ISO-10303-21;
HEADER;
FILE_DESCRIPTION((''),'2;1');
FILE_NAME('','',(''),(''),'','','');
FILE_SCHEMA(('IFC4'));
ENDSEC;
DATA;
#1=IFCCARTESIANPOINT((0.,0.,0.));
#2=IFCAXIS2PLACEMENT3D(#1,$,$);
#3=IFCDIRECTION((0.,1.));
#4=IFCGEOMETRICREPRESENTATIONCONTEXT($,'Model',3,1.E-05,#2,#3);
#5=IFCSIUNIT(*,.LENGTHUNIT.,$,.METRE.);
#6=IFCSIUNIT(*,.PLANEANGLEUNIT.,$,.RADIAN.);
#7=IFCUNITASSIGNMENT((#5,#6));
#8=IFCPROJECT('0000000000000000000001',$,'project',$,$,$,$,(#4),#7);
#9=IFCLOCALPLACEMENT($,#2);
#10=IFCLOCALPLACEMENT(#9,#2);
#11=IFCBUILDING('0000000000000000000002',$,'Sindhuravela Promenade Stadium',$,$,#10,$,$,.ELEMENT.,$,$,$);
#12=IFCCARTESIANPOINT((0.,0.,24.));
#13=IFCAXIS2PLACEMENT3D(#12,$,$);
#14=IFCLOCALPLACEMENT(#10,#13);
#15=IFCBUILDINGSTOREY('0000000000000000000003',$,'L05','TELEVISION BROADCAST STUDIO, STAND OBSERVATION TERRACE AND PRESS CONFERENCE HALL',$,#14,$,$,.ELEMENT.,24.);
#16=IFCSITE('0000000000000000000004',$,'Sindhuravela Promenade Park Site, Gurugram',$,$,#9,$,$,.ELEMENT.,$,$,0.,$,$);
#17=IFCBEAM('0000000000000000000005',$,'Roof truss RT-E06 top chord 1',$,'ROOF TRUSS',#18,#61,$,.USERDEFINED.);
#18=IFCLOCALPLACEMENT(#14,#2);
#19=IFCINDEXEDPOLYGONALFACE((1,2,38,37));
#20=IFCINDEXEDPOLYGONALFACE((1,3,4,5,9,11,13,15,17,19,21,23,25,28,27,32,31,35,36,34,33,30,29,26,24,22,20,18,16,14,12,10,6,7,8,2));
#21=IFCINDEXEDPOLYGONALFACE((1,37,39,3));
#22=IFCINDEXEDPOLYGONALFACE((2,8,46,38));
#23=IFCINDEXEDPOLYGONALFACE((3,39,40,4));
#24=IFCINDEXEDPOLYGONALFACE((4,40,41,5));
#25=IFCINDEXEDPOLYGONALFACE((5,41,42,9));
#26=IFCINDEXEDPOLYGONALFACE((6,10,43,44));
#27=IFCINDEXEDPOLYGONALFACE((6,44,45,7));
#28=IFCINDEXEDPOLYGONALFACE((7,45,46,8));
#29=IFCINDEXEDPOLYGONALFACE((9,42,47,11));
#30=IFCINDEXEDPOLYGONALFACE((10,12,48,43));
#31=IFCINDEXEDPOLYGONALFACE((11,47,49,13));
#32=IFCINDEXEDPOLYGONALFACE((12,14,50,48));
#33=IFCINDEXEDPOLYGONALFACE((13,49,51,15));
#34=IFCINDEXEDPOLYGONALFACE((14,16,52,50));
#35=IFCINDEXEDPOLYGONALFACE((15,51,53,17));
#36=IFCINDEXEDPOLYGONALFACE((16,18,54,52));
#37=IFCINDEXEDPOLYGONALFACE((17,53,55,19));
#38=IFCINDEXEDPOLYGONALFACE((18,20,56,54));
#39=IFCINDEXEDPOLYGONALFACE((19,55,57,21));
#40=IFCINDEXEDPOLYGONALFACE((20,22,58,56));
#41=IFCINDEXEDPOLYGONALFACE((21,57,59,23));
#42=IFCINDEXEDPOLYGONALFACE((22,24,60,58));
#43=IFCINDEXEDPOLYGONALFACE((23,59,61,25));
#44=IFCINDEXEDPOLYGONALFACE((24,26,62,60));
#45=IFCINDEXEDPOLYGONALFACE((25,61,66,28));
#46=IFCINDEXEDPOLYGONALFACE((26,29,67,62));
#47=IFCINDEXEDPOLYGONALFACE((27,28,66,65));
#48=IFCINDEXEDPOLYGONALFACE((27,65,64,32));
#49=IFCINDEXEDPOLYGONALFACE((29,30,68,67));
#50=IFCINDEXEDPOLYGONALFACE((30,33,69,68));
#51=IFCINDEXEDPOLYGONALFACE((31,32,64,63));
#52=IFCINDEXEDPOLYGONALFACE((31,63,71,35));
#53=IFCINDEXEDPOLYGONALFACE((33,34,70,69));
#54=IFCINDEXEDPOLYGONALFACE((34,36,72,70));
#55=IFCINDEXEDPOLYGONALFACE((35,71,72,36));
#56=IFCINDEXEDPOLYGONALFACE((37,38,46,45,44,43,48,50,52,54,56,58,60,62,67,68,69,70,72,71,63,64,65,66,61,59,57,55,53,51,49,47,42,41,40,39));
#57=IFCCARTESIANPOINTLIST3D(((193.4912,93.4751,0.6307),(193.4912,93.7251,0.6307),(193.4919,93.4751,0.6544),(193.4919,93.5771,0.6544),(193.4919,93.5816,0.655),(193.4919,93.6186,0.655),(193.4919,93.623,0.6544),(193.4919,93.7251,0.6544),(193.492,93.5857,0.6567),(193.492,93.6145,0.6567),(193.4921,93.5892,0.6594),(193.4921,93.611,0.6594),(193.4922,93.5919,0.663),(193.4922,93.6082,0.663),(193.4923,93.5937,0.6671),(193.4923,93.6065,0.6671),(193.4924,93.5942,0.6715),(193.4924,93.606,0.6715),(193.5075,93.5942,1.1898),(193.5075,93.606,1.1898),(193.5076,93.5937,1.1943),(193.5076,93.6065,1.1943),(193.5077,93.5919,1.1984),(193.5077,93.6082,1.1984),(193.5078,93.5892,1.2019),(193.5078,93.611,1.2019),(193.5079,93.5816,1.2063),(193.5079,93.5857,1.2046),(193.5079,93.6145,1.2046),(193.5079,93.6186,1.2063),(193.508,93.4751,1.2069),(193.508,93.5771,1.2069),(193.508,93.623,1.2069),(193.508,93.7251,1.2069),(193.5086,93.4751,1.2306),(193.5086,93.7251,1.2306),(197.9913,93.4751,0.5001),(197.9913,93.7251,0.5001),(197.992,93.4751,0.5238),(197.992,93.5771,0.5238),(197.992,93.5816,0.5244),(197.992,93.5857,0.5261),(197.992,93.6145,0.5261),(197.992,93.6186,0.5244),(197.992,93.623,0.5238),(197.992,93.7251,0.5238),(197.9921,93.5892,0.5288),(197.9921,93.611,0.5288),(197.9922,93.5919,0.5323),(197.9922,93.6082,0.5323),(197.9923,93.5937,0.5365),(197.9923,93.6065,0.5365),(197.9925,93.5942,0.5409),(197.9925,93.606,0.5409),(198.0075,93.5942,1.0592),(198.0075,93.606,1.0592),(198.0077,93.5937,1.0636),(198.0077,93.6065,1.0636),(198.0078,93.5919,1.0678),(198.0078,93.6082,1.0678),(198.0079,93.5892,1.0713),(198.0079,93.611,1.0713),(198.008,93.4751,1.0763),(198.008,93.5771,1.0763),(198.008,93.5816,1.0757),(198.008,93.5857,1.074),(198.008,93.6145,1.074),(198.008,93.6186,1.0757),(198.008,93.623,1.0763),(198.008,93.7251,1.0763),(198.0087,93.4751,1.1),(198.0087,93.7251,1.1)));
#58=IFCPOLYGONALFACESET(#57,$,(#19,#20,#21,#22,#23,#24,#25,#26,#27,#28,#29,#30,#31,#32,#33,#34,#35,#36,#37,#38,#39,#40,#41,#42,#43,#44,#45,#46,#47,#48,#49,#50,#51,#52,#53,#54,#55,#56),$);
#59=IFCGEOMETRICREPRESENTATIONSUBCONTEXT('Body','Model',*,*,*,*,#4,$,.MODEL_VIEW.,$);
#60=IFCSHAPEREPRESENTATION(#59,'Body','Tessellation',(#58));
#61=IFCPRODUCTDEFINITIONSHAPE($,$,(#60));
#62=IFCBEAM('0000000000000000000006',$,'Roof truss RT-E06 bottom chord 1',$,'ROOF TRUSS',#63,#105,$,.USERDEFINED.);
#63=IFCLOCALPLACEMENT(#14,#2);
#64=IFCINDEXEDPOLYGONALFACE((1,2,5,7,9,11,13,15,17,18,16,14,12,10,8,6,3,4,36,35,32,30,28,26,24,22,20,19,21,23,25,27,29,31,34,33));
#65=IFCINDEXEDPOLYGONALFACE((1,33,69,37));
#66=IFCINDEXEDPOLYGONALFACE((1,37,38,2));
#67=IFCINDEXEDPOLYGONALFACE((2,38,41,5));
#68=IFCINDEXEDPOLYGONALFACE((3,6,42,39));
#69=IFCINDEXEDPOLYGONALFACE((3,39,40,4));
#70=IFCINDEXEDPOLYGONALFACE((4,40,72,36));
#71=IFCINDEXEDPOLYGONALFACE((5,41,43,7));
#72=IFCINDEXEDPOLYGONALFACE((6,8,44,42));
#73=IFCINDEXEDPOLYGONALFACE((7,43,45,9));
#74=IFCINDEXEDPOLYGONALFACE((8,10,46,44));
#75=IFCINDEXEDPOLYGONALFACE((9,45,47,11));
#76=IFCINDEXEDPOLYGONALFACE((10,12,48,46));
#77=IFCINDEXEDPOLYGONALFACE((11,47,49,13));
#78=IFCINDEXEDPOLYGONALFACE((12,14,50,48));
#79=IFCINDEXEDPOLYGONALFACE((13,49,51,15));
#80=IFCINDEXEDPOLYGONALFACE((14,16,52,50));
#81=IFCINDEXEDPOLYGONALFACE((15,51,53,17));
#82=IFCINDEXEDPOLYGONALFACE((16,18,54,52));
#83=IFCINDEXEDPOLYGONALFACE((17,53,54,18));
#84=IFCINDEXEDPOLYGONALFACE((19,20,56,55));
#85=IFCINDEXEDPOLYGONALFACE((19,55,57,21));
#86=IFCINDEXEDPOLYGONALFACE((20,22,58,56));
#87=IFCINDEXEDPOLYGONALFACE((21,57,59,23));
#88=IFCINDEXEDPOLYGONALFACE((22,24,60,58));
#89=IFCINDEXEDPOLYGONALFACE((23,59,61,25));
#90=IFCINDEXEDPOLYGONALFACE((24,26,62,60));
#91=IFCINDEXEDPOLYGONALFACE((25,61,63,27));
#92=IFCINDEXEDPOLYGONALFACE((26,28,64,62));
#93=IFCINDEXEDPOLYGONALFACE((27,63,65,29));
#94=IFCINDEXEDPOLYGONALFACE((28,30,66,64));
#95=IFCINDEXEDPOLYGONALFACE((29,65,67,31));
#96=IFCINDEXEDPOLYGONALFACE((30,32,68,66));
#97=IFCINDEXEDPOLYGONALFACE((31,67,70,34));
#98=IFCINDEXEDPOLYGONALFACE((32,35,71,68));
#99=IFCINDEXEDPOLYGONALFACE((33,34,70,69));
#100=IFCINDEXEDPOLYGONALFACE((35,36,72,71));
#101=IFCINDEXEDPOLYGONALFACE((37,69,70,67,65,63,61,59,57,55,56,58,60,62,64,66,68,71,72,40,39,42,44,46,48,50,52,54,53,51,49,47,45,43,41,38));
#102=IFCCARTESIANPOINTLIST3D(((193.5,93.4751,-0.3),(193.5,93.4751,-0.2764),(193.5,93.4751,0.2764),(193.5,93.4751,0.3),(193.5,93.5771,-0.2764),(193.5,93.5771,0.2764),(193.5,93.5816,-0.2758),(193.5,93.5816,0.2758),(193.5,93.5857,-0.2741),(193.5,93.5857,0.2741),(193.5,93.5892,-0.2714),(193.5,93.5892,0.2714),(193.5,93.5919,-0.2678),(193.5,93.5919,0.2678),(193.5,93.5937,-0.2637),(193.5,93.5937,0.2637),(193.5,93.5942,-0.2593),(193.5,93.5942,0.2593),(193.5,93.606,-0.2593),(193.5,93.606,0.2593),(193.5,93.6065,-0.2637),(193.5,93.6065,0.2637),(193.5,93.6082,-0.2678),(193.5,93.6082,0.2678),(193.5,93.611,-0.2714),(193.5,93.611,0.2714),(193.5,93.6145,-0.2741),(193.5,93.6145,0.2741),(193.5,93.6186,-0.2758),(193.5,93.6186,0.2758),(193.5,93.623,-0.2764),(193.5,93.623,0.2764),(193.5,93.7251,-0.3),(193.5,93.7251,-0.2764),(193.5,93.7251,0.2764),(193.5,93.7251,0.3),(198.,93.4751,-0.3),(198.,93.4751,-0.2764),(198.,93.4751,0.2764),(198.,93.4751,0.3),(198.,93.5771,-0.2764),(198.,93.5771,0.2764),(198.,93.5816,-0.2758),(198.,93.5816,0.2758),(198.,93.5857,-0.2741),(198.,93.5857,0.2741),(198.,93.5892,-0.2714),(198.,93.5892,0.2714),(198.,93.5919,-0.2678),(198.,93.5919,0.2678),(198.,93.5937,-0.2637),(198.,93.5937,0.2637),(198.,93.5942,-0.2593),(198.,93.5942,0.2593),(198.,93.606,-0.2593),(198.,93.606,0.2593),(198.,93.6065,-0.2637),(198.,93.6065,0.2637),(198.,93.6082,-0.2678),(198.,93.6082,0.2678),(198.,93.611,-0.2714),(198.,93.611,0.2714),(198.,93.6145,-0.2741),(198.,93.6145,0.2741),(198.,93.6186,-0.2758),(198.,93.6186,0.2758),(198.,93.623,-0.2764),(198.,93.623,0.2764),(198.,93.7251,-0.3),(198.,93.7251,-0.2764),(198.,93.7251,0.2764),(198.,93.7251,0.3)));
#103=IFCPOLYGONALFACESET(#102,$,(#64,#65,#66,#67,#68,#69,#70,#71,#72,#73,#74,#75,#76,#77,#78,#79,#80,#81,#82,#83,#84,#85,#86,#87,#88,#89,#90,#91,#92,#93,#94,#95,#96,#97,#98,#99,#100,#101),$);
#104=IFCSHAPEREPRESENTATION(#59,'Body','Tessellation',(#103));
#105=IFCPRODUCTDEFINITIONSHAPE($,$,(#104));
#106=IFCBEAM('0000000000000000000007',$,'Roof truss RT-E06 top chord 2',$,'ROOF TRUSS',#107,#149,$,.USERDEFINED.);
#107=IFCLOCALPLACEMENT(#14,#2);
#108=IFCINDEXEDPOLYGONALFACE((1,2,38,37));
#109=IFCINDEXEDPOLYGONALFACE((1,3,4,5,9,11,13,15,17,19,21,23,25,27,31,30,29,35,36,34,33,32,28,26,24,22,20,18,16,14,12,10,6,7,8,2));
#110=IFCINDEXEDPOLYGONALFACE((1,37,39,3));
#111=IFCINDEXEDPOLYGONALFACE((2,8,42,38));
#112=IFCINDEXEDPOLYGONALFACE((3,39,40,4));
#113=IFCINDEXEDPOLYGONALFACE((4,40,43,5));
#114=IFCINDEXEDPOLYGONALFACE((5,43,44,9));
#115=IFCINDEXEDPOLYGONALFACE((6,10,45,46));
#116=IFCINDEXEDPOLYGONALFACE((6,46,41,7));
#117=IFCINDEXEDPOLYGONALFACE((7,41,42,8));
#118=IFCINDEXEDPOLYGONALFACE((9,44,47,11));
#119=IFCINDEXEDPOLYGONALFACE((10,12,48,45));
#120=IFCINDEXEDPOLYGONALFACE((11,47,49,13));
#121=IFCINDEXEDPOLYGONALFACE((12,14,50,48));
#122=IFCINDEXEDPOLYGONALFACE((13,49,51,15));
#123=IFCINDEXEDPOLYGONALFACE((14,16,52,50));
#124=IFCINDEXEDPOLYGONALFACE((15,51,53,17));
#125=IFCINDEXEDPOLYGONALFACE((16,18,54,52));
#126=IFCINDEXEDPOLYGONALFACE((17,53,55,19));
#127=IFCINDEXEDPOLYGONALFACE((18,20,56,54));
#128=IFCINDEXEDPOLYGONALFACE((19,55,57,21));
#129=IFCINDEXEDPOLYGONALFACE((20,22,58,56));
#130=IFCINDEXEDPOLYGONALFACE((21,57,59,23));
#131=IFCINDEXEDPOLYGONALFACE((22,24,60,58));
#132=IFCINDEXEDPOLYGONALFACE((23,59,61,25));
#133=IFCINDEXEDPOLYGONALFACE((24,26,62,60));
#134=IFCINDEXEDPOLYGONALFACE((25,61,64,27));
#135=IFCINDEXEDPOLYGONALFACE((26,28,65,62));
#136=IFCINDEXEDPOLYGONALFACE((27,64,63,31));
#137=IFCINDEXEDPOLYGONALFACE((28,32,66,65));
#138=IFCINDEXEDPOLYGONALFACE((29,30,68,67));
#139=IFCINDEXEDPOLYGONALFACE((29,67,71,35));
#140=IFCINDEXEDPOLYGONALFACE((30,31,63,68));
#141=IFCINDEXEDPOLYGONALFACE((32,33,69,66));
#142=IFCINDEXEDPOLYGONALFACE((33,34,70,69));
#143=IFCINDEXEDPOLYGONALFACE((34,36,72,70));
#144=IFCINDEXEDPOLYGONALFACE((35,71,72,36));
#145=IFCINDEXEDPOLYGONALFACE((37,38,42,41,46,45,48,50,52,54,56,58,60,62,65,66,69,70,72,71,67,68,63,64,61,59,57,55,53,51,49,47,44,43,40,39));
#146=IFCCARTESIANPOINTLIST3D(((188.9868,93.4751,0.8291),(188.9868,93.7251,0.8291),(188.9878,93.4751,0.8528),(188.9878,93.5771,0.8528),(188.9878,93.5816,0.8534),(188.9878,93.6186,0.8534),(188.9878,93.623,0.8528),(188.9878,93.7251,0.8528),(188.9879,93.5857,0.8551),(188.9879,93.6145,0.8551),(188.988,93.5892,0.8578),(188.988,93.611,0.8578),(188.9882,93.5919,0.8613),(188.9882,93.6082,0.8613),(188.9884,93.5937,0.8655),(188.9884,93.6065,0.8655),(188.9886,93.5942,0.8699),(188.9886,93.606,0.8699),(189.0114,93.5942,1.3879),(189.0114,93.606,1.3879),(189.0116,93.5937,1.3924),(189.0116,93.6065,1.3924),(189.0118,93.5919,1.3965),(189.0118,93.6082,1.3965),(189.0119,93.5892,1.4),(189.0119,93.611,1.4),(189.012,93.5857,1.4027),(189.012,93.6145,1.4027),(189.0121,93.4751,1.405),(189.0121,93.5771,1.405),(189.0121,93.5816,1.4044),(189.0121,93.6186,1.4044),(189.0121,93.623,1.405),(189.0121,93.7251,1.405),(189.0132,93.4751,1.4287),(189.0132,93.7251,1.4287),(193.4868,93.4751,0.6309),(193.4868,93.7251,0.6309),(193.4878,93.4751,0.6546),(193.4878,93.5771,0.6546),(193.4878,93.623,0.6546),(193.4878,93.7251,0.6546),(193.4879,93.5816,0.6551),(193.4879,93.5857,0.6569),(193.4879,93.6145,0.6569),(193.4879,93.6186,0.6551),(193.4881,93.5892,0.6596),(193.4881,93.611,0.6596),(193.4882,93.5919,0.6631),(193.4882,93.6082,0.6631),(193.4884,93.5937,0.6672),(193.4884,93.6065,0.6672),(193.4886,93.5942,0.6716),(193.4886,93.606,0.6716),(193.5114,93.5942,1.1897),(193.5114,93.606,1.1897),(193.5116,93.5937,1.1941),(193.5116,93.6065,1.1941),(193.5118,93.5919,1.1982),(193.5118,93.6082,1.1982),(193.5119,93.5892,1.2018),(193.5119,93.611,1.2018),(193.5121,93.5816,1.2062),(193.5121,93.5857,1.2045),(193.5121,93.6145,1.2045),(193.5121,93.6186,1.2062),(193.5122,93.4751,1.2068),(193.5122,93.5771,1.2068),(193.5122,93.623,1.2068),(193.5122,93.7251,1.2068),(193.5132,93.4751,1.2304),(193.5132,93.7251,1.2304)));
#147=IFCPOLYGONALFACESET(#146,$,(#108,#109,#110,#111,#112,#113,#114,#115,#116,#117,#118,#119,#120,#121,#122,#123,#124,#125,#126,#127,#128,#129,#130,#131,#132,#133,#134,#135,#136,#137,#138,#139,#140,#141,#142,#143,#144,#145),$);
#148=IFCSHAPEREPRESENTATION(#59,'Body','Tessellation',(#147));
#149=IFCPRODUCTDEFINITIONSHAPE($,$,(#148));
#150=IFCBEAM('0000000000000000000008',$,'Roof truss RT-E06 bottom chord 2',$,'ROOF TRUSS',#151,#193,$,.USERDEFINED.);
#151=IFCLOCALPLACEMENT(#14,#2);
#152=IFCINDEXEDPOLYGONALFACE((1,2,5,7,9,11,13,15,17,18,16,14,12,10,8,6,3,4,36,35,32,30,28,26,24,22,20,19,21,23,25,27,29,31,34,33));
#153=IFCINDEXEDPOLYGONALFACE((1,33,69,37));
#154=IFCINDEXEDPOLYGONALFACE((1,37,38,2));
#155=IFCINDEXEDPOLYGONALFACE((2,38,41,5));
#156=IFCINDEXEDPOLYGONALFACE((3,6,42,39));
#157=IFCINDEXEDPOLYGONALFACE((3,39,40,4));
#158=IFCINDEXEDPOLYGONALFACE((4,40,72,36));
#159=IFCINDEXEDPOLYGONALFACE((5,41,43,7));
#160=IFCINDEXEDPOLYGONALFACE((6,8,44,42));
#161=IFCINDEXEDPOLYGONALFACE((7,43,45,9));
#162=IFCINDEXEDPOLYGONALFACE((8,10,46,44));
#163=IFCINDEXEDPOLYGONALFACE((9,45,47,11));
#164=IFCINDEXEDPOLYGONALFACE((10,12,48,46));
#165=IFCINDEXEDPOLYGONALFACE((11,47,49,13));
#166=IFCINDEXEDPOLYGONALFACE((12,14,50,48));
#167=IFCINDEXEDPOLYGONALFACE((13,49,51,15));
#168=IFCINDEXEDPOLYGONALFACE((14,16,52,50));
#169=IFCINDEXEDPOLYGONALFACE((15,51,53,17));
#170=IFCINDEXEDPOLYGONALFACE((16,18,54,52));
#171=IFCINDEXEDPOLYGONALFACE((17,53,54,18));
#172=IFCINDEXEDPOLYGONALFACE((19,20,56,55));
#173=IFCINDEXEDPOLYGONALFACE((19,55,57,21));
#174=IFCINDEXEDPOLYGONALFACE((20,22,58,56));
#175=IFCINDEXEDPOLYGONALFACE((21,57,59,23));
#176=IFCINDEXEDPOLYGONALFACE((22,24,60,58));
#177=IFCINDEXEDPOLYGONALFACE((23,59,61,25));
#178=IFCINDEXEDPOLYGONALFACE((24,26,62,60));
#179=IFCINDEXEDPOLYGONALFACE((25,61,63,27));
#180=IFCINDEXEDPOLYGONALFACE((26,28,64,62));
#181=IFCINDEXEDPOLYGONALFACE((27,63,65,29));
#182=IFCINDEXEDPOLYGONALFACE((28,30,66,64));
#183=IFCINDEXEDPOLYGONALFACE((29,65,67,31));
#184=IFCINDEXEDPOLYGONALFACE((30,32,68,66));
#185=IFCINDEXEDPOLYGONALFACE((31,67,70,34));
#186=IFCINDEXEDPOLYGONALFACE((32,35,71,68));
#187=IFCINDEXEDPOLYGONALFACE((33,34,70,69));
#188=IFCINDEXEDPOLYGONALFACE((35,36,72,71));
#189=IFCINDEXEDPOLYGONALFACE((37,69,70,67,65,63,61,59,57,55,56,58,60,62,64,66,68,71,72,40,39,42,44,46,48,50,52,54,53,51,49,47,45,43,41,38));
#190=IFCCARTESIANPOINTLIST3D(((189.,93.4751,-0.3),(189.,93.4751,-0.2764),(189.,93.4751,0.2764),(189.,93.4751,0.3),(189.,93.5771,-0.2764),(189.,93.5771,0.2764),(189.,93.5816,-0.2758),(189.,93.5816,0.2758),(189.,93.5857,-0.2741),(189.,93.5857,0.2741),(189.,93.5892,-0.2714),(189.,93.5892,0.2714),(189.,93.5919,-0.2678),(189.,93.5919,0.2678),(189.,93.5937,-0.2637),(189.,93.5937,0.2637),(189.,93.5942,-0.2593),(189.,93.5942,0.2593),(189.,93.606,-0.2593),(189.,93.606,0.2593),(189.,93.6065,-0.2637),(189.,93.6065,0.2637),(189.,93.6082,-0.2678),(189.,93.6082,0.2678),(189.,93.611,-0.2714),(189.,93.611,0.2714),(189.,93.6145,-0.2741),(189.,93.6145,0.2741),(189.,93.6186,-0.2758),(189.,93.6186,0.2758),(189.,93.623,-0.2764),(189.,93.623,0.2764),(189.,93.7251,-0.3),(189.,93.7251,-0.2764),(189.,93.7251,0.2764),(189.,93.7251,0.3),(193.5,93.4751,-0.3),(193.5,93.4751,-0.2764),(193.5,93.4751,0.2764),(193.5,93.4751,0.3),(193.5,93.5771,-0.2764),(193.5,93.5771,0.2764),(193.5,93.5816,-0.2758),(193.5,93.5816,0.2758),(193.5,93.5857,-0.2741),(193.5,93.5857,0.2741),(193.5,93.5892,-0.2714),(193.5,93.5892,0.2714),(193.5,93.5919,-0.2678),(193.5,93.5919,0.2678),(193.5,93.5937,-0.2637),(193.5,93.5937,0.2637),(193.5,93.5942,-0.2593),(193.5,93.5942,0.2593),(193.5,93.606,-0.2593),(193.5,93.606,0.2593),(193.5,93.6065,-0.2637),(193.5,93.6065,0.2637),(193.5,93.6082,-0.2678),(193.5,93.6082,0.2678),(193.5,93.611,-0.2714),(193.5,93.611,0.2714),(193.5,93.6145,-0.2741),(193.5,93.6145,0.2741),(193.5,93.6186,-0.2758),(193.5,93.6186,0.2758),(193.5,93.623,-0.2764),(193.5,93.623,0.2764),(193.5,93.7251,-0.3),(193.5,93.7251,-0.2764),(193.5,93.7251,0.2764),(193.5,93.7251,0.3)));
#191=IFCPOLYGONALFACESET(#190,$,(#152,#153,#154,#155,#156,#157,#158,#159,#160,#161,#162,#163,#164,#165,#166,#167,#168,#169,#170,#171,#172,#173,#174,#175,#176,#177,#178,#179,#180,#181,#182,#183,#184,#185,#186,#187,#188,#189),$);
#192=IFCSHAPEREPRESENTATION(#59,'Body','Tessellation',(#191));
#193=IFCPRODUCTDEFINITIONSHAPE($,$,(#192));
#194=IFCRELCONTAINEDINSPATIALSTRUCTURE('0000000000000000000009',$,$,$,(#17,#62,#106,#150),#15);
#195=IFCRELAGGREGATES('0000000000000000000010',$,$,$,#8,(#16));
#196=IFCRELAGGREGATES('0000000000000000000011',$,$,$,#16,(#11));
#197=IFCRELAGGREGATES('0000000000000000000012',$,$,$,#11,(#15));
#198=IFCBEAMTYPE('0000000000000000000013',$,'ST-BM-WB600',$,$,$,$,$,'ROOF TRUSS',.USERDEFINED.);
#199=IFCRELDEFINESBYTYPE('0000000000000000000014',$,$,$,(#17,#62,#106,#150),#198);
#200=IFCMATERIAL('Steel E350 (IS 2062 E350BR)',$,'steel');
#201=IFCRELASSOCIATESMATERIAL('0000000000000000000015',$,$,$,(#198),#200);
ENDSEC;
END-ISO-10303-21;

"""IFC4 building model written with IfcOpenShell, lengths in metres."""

from ifc_helpers import new_model, si_unit, direction, frame, origin, origin_2d, place, context, subcontext, project, spatial, i_section, extrude, material, material_profile, profile_set, type_object, element, save


model = new_model("IFC4")

# Units and contexts
model_context = context("Model", 3, precision=1e-05, world=origin(), true_north=direction((0.0, 1.0)))
body_context = subcontext(model_context, "Body", "Model", "MODEL_VIEW")
ifc_project = project(units=[si_unit("LENGTHUNIT", "METRE"), si_unit("PLANEANGLEUNIT", "RADIAN")], contexts=[model_context])

# Site, building, storey
site_placement = place(None, origin())
site = spatial("IfcSite", under=ifc_project, at=site_placement, Name="Sindhuravela Promenade Park Site, Gurugram", CompositionType="ELEMENT", RefElevation=0.0)
building_placement = place(site_placement, origin())
building = spatial("IfcBuilding", under=site, at=building_placement, Name="Sindhuravela Promenade Stadium", CompositionType="ELEMENT")
storey_placement = place(building_placement, frame((0.0, 0.0, 24.0)))
storey = spatial("IfcBuildingStorey", under=building, at=storey_placement, Name="L05", Description="TELEVISION BROADCAST STUDIO, STAND OBSERVATION TERRACE AND PRESS CONFERENCE HALL", CompositionType="ELEMENT", Elevation=24.0)

# Beams
ifc_material_1 = material(Name="Steel E350 (IS 2062 E350BR)", Category="steel")
ifc_material_profile_1 = material_profile(ifc_material_1, i_section(OverallWidth=0.25, OverallDepth=0.6001, WebThickness=0.0117, FlangeThickness=0.0237, FilletRadius=0.0171, at=origin_2d()), Name="ISWB 600")
ifc_profile_set_1 = profile_set([ifc_material_profile_1], Name="Steel E350 (IS 2062 E350BR)")
beam_type_1 = type_object("IfcBeamType", Name="ST-BM-WB600", ElementType="ROOF TRUSS", PredefinedType="USERDEFINED", material=ifc_profile_set_1)
beam_1_placement = place(storey_placement, frame((198.0, 93.6001, 0.8), z_axis=(-0.999579, 0.0, 0.029013), x_axis=(0.0, -1.0, 0.0)))
element("IfcBeam", 1, at=beam_1_placement, inside=storey, type_object=beam_type_1, Name="Roof truss RT-E06 top chord 1", ObjectType="ROOF TRUSS", PredefinedType="USERDEFINED", context=body_context, shape_type="SweptSolid", body=[
    extrude(i_section(OverallWidth=0.25, OverallDepth=0.6001, WebThickness=0.0117, FlangeThickness=0.0237, FilletRadius=0.0171, at=origin_2d()), origin(), (0.0, 0.0, 1.0), 4.502),
])
beam_2_placement = place(storey_placement, frame((198.0, 93.6001, 0.0), z_axis=(-1.0, 0.0, 0.0), x_axis=(0.0, -1.0, 0.0)))
element("IfcBeam", 2, at=beam_2_placement, inside=storey, type_object=beam_type_1, Name="Roof truss RT-E06 bottom chord 1", ObjectType="ROOF TRUSS", PredefinedType="USERDEFINED", context=body_context, shape_type="SweptSolid", body=[
    extrude(i_section(OverallWidth=0.25, OverallDepth=0.6001, WebThickness=0.0117, FlangeThickness=0.0237, FilletRadius=0.0171, at=origin_2d()), origin(), (0.0, 0.0, 1.0), 4.5),
])
beam_3_placement = place(storey_placement, frame((193.5, 93.6001, 0.9307), z_axis=(-0.999031, 0.0, 0.044011), x_axis=(0.0, -1.0, 0.0)))
element("IfcBeam", 3, at=beam_3_placement, inside=storey, type_object=beam_type_1, Name="Roof truss RT-E06 top chord 2", ObjectType="ROOF TRUSS", PredefinedType="USERDEFINED", context=body_context, shape_type="SweptSolid", body=[
    extrude(i_section(OverallWidth=0.25, OverallDepth=0.6001, WebThickness=0.0117, FlangeThickness=0.0237, FilletRadius=0.0171, at=origin_2d()), origin(), (0.0, 0.0, 1.0), 4.5044),
])
beam_4_placement = place(storey_placement, frame((193.5, 93.6001, 0.0), z_axis=(-1.0, 0.0, 0.0), x_axis=(0.0, -1.0, 0.0)))
element("IfcBeam", 4, at=beam_4_placement, inside=storey, type_object=beam_type_1, Name="Roof truss RT-E06 bottom chord 2", ObjectType="ROOF TRUSS", PredefinedType="USERDEFINED", context=body_context, shape_type="SweptSolid", body=[
    extrude(i_section(OverallWidth=0.25, OverallDepth=0.6001, WebThickness=0.0117, FlangeThickness=0.0237, FilletRadius=0.0171, at=origin_2d()), origin(), (0.0, 0.0, 1.0), 4.5),
])

save(model, "model.ifc")
